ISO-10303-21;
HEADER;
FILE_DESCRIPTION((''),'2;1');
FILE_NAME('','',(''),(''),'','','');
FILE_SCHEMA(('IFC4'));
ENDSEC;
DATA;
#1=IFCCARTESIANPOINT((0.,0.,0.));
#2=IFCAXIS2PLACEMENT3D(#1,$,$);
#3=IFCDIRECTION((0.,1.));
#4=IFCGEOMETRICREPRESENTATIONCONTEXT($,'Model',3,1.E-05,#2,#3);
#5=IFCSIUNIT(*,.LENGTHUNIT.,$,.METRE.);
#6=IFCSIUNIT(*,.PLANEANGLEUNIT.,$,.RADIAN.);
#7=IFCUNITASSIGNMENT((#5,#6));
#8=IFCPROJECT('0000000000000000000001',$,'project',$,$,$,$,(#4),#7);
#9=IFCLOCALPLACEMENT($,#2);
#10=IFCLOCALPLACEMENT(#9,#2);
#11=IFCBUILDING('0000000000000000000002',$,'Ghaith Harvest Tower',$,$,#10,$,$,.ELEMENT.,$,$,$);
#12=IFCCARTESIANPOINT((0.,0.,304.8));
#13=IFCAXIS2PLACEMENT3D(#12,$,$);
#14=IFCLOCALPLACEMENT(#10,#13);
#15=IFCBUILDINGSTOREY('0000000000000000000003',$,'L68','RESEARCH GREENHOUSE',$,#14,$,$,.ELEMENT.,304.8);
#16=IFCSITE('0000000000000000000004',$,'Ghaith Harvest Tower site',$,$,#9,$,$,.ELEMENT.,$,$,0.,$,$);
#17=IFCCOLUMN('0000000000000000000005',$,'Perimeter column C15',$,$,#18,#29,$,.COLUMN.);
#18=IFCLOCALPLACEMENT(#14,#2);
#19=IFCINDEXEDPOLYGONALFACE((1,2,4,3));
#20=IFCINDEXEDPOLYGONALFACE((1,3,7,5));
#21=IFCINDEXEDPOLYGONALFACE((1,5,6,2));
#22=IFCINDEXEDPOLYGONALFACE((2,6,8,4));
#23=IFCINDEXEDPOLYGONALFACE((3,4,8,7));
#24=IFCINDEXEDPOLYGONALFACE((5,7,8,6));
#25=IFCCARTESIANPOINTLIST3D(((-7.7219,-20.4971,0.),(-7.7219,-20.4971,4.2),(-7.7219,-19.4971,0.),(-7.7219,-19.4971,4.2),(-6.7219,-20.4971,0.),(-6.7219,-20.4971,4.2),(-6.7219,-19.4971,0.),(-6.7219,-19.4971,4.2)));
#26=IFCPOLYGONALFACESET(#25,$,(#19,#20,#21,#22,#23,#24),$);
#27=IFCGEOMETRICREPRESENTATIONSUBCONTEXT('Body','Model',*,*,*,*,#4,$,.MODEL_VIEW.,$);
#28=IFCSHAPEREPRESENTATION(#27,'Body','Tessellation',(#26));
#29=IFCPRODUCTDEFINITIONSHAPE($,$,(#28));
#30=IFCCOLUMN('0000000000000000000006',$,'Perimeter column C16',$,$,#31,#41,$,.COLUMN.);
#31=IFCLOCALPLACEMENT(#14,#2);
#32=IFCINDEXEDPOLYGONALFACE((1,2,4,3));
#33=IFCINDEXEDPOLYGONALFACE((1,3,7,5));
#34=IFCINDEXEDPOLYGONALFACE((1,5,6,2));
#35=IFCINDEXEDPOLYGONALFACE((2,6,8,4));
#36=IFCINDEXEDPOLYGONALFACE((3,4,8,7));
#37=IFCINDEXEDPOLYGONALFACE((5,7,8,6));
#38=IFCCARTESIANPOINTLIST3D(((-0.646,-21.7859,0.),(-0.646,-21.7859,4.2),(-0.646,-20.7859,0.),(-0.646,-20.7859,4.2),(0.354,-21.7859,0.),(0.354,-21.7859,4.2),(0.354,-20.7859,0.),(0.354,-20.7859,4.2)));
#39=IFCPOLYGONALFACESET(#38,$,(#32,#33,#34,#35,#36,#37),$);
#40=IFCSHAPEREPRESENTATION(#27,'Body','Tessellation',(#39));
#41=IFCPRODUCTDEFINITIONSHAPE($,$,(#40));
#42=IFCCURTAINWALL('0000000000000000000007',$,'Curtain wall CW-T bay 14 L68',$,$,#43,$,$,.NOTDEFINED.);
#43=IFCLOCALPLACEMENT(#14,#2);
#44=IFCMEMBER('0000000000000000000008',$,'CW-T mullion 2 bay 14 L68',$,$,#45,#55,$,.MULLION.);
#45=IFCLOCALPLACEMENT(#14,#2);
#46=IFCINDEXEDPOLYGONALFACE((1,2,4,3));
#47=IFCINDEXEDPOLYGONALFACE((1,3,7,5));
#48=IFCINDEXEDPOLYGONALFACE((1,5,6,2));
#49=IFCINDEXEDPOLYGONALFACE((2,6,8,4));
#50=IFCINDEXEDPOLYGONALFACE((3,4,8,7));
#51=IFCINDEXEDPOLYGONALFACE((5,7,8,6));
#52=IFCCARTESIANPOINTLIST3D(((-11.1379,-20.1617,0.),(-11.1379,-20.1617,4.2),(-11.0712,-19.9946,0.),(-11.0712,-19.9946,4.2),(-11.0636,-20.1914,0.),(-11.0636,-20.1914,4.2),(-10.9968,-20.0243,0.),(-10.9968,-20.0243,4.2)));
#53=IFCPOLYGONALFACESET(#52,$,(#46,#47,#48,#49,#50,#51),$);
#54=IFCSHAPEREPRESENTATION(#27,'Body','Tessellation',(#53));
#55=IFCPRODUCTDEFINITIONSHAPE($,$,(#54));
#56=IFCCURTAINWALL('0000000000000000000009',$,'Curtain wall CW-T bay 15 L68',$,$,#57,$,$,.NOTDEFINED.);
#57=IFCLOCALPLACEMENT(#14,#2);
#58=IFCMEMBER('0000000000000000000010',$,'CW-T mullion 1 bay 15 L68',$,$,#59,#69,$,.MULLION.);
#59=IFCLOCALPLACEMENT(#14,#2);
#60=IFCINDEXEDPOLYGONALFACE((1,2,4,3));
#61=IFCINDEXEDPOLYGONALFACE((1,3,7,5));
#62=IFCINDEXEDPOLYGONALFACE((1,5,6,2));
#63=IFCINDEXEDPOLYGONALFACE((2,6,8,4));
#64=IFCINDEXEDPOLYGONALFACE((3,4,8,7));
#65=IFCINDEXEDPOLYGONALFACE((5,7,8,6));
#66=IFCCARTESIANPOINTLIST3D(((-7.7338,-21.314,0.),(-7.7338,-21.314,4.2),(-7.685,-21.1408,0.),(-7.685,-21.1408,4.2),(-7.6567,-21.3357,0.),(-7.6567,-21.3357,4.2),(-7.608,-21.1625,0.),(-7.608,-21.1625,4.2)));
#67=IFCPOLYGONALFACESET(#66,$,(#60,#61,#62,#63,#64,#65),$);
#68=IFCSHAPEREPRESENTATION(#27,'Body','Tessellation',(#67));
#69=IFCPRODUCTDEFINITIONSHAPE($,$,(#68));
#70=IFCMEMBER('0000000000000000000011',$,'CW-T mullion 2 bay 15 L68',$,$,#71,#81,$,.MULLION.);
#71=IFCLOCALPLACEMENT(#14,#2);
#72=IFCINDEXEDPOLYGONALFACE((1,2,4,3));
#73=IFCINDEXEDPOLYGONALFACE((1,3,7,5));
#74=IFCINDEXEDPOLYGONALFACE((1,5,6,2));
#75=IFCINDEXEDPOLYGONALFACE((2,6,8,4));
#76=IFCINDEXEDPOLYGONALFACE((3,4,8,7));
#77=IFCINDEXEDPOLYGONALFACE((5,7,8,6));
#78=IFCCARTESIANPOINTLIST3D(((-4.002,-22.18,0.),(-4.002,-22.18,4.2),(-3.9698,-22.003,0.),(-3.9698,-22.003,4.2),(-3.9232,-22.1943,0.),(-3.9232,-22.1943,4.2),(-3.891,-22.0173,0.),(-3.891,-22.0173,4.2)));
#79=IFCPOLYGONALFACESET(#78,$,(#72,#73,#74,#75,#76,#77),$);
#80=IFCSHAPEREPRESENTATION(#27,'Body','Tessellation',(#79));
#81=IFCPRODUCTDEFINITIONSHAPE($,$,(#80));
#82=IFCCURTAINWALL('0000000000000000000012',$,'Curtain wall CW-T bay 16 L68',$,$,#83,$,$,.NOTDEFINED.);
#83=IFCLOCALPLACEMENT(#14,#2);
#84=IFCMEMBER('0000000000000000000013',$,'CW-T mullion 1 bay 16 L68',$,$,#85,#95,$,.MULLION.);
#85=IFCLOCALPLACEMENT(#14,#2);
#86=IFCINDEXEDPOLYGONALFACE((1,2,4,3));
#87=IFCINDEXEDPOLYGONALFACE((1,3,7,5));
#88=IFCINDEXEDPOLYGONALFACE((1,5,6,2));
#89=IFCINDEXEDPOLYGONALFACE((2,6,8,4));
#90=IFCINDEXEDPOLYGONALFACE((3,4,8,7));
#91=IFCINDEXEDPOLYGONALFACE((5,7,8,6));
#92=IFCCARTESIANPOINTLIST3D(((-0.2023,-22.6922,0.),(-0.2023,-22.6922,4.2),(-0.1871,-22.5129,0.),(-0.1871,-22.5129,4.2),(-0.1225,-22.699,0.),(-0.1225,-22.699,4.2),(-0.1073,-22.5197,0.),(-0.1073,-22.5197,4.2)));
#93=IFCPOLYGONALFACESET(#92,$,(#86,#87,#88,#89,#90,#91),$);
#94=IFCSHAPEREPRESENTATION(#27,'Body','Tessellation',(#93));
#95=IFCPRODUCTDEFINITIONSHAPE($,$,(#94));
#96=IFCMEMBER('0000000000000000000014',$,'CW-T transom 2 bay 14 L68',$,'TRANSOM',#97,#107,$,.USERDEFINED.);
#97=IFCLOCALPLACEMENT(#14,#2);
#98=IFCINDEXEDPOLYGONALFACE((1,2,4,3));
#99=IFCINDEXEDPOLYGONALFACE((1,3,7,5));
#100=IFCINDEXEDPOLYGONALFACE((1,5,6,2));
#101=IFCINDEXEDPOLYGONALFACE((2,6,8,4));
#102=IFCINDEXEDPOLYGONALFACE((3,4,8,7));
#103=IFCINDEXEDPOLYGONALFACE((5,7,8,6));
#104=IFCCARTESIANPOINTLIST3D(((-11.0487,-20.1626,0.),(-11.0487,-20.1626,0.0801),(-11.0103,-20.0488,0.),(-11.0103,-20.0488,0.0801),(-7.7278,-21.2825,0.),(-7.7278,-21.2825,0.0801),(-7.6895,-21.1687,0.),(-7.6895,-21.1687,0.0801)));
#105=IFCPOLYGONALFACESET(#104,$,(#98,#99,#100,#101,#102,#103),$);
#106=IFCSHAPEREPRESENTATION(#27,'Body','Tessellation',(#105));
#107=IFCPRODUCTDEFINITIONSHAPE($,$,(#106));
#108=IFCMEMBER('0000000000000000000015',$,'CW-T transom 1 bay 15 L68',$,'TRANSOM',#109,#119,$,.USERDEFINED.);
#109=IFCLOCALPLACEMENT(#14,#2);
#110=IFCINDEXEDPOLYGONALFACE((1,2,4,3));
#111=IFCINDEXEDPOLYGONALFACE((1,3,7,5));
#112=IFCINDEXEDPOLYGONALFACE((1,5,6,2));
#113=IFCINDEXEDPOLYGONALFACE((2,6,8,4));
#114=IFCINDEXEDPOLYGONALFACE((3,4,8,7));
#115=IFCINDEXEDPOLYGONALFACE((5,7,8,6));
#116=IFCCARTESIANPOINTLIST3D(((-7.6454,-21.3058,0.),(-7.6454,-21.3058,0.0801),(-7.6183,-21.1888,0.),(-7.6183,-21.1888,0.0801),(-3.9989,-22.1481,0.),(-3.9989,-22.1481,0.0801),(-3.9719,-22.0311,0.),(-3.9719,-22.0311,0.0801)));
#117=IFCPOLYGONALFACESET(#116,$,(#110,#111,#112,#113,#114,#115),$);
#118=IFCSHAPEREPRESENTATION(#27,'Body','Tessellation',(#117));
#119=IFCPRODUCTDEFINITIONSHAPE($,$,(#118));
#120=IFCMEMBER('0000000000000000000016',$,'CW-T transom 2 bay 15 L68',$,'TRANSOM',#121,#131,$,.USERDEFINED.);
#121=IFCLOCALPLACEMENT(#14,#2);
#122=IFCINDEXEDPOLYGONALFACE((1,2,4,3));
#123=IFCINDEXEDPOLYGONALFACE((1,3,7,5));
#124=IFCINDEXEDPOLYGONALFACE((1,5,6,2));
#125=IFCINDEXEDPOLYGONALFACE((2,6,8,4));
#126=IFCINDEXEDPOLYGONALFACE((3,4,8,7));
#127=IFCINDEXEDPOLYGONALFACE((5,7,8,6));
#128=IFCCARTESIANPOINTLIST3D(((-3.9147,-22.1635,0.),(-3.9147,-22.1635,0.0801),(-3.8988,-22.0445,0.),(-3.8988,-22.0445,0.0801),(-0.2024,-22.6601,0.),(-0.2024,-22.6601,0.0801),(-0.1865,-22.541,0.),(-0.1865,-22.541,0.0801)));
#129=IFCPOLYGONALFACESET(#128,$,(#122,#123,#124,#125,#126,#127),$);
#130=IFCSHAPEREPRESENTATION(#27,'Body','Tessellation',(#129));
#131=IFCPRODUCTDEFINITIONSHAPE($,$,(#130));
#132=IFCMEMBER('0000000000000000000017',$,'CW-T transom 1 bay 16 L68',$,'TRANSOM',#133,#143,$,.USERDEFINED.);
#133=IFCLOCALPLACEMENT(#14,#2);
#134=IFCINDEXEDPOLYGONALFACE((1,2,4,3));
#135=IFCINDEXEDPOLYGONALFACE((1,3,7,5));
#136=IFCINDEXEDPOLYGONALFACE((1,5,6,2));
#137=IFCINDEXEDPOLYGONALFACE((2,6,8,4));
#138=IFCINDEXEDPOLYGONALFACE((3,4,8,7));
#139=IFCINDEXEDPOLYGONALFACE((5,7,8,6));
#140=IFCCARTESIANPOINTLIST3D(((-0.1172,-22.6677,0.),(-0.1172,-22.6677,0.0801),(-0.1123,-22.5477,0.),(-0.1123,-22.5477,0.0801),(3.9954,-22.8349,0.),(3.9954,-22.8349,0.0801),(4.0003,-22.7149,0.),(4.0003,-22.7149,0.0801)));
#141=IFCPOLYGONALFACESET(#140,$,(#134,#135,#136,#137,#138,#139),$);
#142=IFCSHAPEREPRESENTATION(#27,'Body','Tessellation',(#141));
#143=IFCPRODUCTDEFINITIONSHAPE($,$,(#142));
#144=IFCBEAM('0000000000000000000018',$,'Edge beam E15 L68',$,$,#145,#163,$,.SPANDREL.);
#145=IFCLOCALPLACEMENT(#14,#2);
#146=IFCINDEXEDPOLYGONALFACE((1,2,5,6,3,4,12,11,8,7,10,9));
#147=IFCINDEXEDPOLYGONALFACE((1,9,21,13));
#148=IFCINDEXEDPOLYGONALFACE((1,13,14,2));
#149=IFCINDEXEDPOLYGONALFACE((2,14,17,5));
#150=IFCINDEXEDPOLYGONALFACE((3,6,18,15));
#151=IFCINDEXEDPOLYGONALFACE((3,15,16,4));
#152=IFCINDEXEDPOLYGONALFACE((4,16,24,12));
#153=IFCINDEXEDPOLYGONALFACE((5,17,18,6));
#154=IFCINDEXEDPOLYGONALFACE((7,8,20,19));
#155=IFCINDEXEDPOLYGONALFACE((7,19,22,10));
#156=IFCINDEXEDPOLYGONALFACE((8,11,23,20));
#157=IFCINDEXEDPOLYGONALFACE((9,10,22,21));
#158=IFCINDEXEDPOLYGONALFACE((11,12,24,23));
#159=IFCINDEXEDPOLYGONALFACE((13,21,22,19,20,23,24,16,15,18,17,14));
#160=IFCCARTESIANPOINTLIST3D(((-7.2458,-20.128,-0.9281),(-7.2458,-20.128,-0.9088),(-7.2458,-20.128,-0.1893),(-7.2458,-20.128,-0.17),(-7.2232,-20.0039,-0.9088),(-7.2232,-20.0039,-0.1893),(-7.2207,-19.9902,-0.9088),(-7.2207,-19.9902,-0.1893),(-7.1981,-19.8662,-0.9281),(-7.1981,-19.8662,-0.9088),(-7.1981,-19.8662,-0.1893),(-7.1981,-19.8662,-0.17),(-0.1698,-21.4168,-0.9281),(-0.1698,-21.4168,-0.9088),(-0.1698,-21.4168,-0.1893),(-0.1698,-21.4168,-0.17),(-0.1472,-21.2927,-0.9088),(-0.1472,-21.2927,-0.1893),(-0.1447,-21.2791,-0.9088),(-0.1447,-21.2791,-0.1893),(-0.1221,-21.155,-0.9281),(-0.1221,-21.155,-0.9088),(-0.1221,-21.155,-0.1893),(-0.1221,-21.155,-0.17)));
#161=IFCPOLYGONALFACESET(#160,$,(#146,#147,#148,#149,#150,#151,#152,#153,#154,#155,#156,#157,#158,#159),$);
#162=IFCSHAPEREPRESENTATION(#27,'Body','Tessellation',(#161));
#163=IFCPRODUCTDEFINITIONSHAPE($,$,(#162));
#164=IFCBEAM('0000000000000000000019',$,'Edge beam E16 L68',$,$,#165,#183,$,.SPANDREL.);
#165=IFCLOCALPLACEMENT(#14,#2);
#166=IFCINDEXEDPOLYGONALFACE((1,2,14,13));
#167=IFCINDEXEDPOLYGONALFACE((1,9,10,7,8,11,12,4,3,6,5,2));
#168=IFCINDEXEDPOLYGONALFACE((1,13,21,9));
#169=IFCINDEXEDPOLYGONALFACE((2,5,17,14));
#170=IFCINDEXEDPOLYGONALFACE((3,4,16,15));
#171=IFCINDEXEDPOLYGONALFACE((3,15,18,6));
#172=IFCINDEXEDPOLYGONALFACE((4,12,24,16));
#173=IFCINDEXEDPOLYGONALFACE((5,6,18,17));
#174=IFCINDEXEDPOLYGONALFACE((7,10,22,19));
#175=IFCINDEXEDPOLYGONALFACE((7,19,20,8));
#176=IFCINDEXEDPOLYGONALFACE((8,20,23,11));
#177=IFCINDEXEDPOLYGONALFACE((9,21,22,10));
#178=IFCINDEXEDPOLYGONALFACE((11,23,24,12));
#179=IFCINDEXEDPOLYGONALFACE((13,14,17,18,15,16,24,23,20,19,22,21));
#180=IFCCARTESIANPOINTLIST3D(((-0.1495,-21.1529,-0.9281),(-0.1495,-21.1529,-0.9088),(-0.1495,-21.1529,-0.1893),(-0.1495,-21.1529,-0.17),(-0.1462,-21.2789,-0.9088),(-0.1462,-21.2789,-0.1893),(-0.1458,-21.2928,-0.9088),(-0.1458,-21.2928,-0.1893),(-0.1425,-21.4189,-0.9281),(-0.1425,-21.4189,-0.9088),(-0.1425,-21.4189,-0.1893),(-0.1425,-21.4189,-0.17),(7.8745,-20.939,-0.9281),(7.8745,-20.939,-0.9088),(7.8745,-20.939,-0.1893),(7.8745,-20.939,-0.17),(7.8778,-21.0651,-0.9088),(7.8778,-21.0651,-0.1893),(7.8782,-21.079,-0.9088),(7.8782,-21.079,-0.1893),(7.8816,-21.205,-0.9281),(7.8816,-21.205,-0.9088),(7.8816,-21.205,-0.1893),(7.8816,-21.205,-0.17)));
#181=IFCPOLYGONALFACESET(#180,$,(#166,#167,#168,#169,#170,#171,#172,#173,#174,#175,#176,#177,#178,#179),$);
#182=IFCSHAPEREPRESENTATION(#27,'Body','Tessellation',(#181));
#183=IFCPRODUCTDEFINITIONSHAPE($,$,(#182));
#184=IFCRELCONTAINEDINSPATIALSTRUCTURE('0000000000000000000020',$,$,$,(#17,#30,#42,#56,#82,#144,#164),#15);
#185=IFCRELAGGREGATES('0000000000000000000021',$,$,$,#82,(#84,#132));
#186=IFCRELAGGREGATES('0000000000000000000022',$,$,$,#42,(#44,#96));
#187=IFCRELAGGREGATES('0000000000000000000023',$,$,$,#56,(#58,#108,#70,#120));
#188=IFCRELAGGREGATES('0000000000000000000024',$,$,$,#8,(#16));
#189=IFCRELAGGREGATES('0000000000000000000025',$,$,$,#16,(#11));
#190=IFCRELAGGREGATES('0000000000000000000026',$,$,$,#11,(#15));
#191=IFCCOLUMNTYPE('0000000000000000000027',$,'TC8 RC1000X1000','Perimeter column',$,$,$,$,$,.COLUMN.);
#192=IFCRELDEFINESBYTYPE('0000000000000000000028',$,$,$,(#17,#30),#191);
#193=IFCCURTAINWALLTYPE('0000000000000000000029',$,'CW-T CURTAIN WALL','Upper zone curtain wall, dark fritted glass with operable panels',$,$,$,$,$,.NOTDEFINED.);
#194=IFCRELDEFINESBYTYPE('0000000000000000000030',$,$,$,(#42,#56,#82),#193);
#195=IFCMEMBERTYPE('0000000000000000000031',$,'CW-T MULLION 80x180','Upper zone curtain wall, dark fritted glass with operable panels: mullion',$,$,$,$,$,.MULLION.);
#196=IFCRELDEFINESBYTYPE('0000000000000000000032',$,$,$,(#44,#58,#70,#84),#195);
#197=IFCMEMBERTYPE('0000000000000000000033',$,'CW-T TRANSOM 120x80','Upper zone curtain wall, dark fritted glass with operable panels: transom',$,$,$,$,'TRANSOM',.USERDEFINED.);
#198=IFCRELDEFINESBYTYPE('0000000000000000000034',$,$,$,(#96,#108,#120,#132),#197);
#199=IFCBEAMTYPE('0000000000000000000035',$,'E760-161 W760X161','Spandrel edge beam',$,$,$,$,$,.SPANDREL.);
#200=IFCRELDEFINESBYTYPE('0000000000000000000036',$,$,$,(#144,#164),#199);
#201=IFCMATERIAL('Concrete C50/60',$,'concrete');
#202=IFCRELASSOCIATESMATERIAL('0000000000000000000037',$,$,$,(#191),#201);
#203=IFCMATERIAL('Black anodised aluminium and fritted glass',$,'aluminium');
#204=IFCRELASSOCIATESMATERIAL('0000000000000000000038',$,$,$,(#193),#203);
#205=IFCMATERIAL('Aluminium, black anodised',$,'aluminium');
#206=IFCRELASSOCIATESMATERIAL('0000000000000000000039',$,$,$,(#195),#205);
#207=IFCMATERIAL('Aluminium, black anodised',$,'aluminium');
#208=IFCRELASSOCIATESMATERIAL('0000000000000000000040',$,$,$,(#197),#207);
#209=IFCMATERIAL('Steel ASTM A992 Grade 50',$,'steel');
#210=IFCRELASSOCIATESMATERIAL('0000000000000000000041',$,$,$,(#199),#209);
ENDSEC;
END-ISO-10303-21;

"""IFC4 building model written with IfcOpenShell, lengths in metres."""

from ifc_helpers import new_model, si_unit, direction, frame, origin, origin_2d, place, context, subcontext, project, spatial, rectangle, i_section, extrude, material, material_profile, profile_set, type_object, element, aggregate, save


model = new_model("IFC4")

# Units and contexts
model_context = context("Model", 3, precision=1e-05, world=origin(), true_north=direction((0.0, 1.0)))
body_context = subcontext(model_context, "Body", "Model", "MODEL_VIEW")
ifc_project = project(units=[si_unit("LENGTHUNIT", "METRE"), si_unit("PLANEANGLEUNIT", "RADIAN")], contexts=[model_context])

# Site, building, storey
site_placement = place(None, origin())
site = spatial("IfcSite", under=ifc_project, at=site_placement, Name="Ghaith Harvest Tower site", CompositionType="ELEMENT", RefElevation=0.0)
building_placement = place(site_placement, origin())
building = spatial("IfcBuilding", under=site, at=building_placement, Name="Ghaith Harvest Tower", CompositionType="ELEMENT")
storey_placement = place(building_placement, frame((0.0, 0.0, 304.8)))
storey = spatial("IfcBuildingStorey", under=building, at=storey_placement, Name="L68", Description="RESEARCH GREENHOUSE", CompositionType="ELEMENT", Elevation=304.8)

# Columns
ifc_material_1 = material(Name="Concrete C50/60", Category="concrete")
ifc_material_profile_1 = material_profile(ifc_material_1, rectangle(XDim=1.0, YDim=1.0, at=origin_2d()), Name="RC1000X1000")
ifc_profile_set_1 = profile_set([ifc_material_profile_1], Name="Concrete C50/60")
column_type = type_object("IfcColumnType", Name="TC8 RC1000X1000", Description="Perimeter column", PredefinedType="COLUMN", material=ifc_profile_set_1)
for number, where, z_axis, x_axis, name in (
    (1, (-7.2219, -19.9971, 0.0), (0.0, 0.0, 1.0), (1.0, 0.0, 0.0), "Perimeter column C15"),
    (2, (-0.146, -21.2859, 0.0), (0.0, 0.0, 1.0), (1.0, 0.0, 0.0), "Perimeter column C16"),
):
    element("IfcColumn", number, at=place(storey_placement, frame(where, z_axis=z_axis, x_axis=x_axis)), inside=storey, type_object=column_type, Name=name, PredefinedType="COLUMN", context=body_context, shape_type="SweptSolid", body=[
        extrude(rectangle(XDim=1.0, YDim=1.0, at=origin_2d()), origin(), (0.0, 0.0, 1.0), 4.2),
    ])

# Curtain wall, member
ifc_material_2 = material(Name="Black anodised aluminium and fritted glass", Category="aluminium")
curtain_wall_type = type_object("IfcCurtainWallType", Name="CW-T CURTAIN WALL", Description="Upper zone curtain wall, dark fritted glass with operable panels", PredefinedType="NOTDEFINED", material=ifc_material_2)
curtain_wall_1_placement = place(storey_placement, origin())
curtain_wall_1 = element("IfcCurtainWall", 3, at=curtain_wall_1_placement, inside=storey, type_object=curtain_wall_type, Name="Curtain wall CW-T bay 14 L68", PredefinedType="NOTDEFINED")
ifc_material_3 = material(Name="Aluminium, black anodised", Category="aluminium")
ifc_material_profile_2 = material_profile(ifc_material_3, rectangle(XDim=0.0801, YDim=0.1799, at=origin_2d()), Name="CW-T MULLION 80x180")
ifc_profile_set_2 = profile_set([ifc_material_profile_2], Name="Aluminium, black anodised")
member_type_1 = type_object("IfcMemberType", Name="CW-T MULLION 80x180", Description="Upper zone curtain wall, dark fritted glass with operable panels: mullion", PredefinedType="MULLION", material=ifc_profile_set_2)
member_1_placement = place(storey_placement, frame((-11.0674, -20.093, 0.0), z_axis=(0.0, 0.0, 1.0), x_axis=(0.928624, -0.371021, 0.0)))
member_1 = element("IfcMember", 4, at=member_1_placement, type_object=member_type_1, Name="CW-T mullion 2 bay 14 L68", PredefinedType="MULLION", context=body_context, shape_type="SweptSolid", body=[
    extrude(rectangle(XDim=0.0801, YDim=0.1799, at=origin_2d()), origin(), (0.0, 0.0, 1.0), 4.2),
])

# Curtain wall, members
curtain_wall_2_placement = place(storey_placement, origin())
curtain_wall_2 = element("IfcCurtainWall", 5, at=curtain_wall_2_placement, inside=storey, type_object=curtain_wall_type, Name="Curtain wall CW-T bay 15 L68", PredefinedType="NOTDEFINED")
member_2_placement = place(storey_placement, frame((-7.6709, -21.2383, 0.0), z_axis=(0.0, 0.0, 1.0), x_axis=(0.962552, -0.271095, 0.0)))
member_2 = element("IfcMember", 6, at=member_2_placement, type_object=member_type_1, Name="CW-T mullion 1 bay 15 L68", PredefinedType="MULLION", context=body_context, shape_type="SweptSolid", body=[
    extrude(rectangle(XDim=0.0801, YDim=0.1799, at=origin_2d()), origin(), (0.0, 0.0, 1.0), 4.2),
])
member_3_placement = place(storey_placement, frame((-3.9465, -22.0986, 0.0), z_axis=(0.0, 0.0, 1.0), x_axis=(0.983843, -0.179031, 0.0)))
member_3 = element("IfcMember", 7, at=member_3_placement, type_object=member_type_1, Name="CW-T mullion 2 bay 15 L68", PredefinedType="MULLION", context=body_context, shape_type="SweptSolid", body=[
    extrude(rectangle(XDim=0.0801, YDim=0.1799, at=origin_2d()), origin(), (0.0, 0.0, 1.0), 4.2),
])

# Curtain wall, member
curtain_wall_3_placement = place(storey_placement, origin())
curtain_wall_3 = element("IfcCurtainWall", 8, at=curtain_wall_3_placement, inside=storey, type_object=curtain_wall_type, Name="Curtain wall CW-T bay 16 L68", PredefinedType="NOTDEFINED")
member_4_placement = place(storey_placement, frame((-0.1548, -22.606, 0.0), z_axis=(0.0, 0.0, 1.0), x_axis=(0.996415, -0.084602, 0.0)))
member_4 = element("IfcMember", 9, at=member_4_placement, type_object=member_type_1, Name="CW-T mullion 1 bay 16 L68", PredefinedType="MULLION", context=body_context, shape_type="SweptSolid", body=[
    extrude(rectangle(XDim=0.0801, YDim=0.1799, at=origin_2d()), origin(), (0.0, 0.0, 1.0), 4.2),
])

# Members
ifc_material_4 = material(Name="Aluminium, black anodised", Category="aluminium")
ifc_material_profile_3 = material_profile(ifc_material_4, rectangle(XDim=0.1201, YDim=0.0801, at=origin_2d()), Name="CW-T TRANSOM 120x80")
ifc_profile_set_3 = profile_set([ifc_material_profile_3], Name="Aluminium, black anodised")
member_type_2 = type_object("IfcMemberType", Name="CW-T TRANSOM 120x80", Description="Upper zone curtain wall, dark fritted glass with operable panels: transom", ElementType="TRANSOM", PredefinedType="USERDEFINED", material=ifc_profile_set_3)
member_5_placement = place(storey_placement, frame((-11.0295, -20.1057, 0.04), z_axis=(0.94757, -0.319549, 0.0), x_axis=(0.319549, 0.94757, 0.0)))
member_5 = element("IfcMember", 10, at=member_5_placement, type_object=member_type_2, Name="CW-T transom 2 bay 14 L68", ObjectType="TRANSOM", PredefinedType="USERDEFINED", context=body_context, shape_type="SweptSolid", body=[
    extrude(rectangle(XDim=0.1201, YDim=0.0801, at=origin_2d()), origin(), (0.0, 0.0, 1.0), 3.5046),
])
member_6_placement = place(storey_placement, frame((-7.6318, -21.2473, 0.04), z_axis=(0.974345, -0.22506, 0.0), x_axis=(0.22506, 0.974345, 0.0)))
member_6 = element("IfcMember", 11, at=member_6_placement, type_object=member_type_2, Name="CW-T transom 1 bay 15 L68", ObjectType="TRANSOM", PredefinedType="USERDEFINED", context=body_context, shape_type="SweptSolid", body=[
    extrude(rectangle(XDim=0.1201, YDim=0.0801, at=origin_2d()), origin(), (0.0, 0.0, 1.0), 3.7424),
])
member_7_placement = place(storey_placement, frame((-3.9067, -22.104, 0.04), z_axis=(0.991172, -0.132582, 0.0), x_axis=(0.132582, 0.991172, 0.0)))
member_7 = element("IfcMember", 12, at=member_7_placement, type_object=member_type_2, Name="CW-T transom 2 bay 15 L68", ObjectType="TRANSOM", PredefinedType="USERDEFINED", context=body_context, shape_type="SweptSolid", body=[
    extrude(rectangle(XDim=0.1201, YDim=0.0801, at=origin_2d()), origin(), (0.0, 0.0, 1.0), 3.7454),
])
member_8_placement = place(storey_placement, frame((-0.1147, -22.6077, 0.04), z_axis=(0.999174, -0.040631, 0.0), x_axis=(0.040631, 0.999174, 0.0)))
member_8 = element("IfcMember", 13, at=member_8_placement, type_object=member_type_2, Name="CW-T transom 1 bay 16 L68", ObjectType="TRANSOM", PredefinedType="USERDEFINED", context=body_context, shape_type="SweptSolid", body=[
    extrude(rectangle(XDim=0.1201, YDim=0.0801, at=origin_2d()), origin(), (0.0, 0.0, 1.0), 4.116),
])
aggregate(curtain_wall_3, [member_4, member_8])

# Beams
ifc_material_5 = material(Name="Steel ASTM A992 Grade 50", Category="steel")
ifc_material_profile_4 = material_profile(ifc_material_5, i_section(OverallWidth=0.2661, OverallDepth=0.7581, WebThickness=0.0139, FlangeThickness=0.0193, at=origin_2d()), Name="W760X161")
ifc_profile_set_4 = profile_set([ifc_material_profile_4], Name="Steel ASTM A992 Grade 50")
beam_type_1 = type_object("IfcBeamType", Name="E760-161 W760X161", Description="Spandrel edge beam", PredefinedType="SPANDREL", material=ifc_profile_set_4)
beam_1_placement = place(storey_placement, frame((-7.2219, -19.9971, -0.5491), z_axis=(0.983814, -0.179193, 0.0), x_axis=(0.179193, 0.983814, 0.0)))
element("IfcBeam", 14, at=beam_1_placement, inside=storey, type_object=beam_type_1, Name="Edge beam E15 L68", PredefinedType="SPANDREL", context=body_context, shape_type="SweptSolid", body=[
    extrude(i_section(OverallWidth=0.2661, OverallDepth=0.7581, WebThickness=0.0139, FlangeThickness=0.0193, at=origin_2d()), origin(), (0.0, 0.0, 1.0), 7.1924),
])
beam_2_placement = place(storey_placement, frame((-0.146, -21.2859, -0.5491), z_axis=(0.999645, 0.026644, 0.0), x_axis=(-0.026644, 0.999645, 0.0)))
element("IfcBeam", 15, at=beam_2_placement, inside=storey, type_object=beam_type_1, Name="Edge beam E16 L68", PredefinedType="SPANDREL", context=body_context, shape_type="SweptSolid", body=[
    extrude(i_section(OverallWidth=0.2661, OverallDepth=0.7581, WebThickness=0.0139, FlangeThickness=0.0193, at=origin_2d()), origin(), (0.0, 0.0, 1.0), 8.0269),
])

aggregate(curtain_wall_1, [member_1, member_5])
aggregate(curtain_wall_2, [member_2, member_6, member_3, member_7])

save(model, "model.ifc")
